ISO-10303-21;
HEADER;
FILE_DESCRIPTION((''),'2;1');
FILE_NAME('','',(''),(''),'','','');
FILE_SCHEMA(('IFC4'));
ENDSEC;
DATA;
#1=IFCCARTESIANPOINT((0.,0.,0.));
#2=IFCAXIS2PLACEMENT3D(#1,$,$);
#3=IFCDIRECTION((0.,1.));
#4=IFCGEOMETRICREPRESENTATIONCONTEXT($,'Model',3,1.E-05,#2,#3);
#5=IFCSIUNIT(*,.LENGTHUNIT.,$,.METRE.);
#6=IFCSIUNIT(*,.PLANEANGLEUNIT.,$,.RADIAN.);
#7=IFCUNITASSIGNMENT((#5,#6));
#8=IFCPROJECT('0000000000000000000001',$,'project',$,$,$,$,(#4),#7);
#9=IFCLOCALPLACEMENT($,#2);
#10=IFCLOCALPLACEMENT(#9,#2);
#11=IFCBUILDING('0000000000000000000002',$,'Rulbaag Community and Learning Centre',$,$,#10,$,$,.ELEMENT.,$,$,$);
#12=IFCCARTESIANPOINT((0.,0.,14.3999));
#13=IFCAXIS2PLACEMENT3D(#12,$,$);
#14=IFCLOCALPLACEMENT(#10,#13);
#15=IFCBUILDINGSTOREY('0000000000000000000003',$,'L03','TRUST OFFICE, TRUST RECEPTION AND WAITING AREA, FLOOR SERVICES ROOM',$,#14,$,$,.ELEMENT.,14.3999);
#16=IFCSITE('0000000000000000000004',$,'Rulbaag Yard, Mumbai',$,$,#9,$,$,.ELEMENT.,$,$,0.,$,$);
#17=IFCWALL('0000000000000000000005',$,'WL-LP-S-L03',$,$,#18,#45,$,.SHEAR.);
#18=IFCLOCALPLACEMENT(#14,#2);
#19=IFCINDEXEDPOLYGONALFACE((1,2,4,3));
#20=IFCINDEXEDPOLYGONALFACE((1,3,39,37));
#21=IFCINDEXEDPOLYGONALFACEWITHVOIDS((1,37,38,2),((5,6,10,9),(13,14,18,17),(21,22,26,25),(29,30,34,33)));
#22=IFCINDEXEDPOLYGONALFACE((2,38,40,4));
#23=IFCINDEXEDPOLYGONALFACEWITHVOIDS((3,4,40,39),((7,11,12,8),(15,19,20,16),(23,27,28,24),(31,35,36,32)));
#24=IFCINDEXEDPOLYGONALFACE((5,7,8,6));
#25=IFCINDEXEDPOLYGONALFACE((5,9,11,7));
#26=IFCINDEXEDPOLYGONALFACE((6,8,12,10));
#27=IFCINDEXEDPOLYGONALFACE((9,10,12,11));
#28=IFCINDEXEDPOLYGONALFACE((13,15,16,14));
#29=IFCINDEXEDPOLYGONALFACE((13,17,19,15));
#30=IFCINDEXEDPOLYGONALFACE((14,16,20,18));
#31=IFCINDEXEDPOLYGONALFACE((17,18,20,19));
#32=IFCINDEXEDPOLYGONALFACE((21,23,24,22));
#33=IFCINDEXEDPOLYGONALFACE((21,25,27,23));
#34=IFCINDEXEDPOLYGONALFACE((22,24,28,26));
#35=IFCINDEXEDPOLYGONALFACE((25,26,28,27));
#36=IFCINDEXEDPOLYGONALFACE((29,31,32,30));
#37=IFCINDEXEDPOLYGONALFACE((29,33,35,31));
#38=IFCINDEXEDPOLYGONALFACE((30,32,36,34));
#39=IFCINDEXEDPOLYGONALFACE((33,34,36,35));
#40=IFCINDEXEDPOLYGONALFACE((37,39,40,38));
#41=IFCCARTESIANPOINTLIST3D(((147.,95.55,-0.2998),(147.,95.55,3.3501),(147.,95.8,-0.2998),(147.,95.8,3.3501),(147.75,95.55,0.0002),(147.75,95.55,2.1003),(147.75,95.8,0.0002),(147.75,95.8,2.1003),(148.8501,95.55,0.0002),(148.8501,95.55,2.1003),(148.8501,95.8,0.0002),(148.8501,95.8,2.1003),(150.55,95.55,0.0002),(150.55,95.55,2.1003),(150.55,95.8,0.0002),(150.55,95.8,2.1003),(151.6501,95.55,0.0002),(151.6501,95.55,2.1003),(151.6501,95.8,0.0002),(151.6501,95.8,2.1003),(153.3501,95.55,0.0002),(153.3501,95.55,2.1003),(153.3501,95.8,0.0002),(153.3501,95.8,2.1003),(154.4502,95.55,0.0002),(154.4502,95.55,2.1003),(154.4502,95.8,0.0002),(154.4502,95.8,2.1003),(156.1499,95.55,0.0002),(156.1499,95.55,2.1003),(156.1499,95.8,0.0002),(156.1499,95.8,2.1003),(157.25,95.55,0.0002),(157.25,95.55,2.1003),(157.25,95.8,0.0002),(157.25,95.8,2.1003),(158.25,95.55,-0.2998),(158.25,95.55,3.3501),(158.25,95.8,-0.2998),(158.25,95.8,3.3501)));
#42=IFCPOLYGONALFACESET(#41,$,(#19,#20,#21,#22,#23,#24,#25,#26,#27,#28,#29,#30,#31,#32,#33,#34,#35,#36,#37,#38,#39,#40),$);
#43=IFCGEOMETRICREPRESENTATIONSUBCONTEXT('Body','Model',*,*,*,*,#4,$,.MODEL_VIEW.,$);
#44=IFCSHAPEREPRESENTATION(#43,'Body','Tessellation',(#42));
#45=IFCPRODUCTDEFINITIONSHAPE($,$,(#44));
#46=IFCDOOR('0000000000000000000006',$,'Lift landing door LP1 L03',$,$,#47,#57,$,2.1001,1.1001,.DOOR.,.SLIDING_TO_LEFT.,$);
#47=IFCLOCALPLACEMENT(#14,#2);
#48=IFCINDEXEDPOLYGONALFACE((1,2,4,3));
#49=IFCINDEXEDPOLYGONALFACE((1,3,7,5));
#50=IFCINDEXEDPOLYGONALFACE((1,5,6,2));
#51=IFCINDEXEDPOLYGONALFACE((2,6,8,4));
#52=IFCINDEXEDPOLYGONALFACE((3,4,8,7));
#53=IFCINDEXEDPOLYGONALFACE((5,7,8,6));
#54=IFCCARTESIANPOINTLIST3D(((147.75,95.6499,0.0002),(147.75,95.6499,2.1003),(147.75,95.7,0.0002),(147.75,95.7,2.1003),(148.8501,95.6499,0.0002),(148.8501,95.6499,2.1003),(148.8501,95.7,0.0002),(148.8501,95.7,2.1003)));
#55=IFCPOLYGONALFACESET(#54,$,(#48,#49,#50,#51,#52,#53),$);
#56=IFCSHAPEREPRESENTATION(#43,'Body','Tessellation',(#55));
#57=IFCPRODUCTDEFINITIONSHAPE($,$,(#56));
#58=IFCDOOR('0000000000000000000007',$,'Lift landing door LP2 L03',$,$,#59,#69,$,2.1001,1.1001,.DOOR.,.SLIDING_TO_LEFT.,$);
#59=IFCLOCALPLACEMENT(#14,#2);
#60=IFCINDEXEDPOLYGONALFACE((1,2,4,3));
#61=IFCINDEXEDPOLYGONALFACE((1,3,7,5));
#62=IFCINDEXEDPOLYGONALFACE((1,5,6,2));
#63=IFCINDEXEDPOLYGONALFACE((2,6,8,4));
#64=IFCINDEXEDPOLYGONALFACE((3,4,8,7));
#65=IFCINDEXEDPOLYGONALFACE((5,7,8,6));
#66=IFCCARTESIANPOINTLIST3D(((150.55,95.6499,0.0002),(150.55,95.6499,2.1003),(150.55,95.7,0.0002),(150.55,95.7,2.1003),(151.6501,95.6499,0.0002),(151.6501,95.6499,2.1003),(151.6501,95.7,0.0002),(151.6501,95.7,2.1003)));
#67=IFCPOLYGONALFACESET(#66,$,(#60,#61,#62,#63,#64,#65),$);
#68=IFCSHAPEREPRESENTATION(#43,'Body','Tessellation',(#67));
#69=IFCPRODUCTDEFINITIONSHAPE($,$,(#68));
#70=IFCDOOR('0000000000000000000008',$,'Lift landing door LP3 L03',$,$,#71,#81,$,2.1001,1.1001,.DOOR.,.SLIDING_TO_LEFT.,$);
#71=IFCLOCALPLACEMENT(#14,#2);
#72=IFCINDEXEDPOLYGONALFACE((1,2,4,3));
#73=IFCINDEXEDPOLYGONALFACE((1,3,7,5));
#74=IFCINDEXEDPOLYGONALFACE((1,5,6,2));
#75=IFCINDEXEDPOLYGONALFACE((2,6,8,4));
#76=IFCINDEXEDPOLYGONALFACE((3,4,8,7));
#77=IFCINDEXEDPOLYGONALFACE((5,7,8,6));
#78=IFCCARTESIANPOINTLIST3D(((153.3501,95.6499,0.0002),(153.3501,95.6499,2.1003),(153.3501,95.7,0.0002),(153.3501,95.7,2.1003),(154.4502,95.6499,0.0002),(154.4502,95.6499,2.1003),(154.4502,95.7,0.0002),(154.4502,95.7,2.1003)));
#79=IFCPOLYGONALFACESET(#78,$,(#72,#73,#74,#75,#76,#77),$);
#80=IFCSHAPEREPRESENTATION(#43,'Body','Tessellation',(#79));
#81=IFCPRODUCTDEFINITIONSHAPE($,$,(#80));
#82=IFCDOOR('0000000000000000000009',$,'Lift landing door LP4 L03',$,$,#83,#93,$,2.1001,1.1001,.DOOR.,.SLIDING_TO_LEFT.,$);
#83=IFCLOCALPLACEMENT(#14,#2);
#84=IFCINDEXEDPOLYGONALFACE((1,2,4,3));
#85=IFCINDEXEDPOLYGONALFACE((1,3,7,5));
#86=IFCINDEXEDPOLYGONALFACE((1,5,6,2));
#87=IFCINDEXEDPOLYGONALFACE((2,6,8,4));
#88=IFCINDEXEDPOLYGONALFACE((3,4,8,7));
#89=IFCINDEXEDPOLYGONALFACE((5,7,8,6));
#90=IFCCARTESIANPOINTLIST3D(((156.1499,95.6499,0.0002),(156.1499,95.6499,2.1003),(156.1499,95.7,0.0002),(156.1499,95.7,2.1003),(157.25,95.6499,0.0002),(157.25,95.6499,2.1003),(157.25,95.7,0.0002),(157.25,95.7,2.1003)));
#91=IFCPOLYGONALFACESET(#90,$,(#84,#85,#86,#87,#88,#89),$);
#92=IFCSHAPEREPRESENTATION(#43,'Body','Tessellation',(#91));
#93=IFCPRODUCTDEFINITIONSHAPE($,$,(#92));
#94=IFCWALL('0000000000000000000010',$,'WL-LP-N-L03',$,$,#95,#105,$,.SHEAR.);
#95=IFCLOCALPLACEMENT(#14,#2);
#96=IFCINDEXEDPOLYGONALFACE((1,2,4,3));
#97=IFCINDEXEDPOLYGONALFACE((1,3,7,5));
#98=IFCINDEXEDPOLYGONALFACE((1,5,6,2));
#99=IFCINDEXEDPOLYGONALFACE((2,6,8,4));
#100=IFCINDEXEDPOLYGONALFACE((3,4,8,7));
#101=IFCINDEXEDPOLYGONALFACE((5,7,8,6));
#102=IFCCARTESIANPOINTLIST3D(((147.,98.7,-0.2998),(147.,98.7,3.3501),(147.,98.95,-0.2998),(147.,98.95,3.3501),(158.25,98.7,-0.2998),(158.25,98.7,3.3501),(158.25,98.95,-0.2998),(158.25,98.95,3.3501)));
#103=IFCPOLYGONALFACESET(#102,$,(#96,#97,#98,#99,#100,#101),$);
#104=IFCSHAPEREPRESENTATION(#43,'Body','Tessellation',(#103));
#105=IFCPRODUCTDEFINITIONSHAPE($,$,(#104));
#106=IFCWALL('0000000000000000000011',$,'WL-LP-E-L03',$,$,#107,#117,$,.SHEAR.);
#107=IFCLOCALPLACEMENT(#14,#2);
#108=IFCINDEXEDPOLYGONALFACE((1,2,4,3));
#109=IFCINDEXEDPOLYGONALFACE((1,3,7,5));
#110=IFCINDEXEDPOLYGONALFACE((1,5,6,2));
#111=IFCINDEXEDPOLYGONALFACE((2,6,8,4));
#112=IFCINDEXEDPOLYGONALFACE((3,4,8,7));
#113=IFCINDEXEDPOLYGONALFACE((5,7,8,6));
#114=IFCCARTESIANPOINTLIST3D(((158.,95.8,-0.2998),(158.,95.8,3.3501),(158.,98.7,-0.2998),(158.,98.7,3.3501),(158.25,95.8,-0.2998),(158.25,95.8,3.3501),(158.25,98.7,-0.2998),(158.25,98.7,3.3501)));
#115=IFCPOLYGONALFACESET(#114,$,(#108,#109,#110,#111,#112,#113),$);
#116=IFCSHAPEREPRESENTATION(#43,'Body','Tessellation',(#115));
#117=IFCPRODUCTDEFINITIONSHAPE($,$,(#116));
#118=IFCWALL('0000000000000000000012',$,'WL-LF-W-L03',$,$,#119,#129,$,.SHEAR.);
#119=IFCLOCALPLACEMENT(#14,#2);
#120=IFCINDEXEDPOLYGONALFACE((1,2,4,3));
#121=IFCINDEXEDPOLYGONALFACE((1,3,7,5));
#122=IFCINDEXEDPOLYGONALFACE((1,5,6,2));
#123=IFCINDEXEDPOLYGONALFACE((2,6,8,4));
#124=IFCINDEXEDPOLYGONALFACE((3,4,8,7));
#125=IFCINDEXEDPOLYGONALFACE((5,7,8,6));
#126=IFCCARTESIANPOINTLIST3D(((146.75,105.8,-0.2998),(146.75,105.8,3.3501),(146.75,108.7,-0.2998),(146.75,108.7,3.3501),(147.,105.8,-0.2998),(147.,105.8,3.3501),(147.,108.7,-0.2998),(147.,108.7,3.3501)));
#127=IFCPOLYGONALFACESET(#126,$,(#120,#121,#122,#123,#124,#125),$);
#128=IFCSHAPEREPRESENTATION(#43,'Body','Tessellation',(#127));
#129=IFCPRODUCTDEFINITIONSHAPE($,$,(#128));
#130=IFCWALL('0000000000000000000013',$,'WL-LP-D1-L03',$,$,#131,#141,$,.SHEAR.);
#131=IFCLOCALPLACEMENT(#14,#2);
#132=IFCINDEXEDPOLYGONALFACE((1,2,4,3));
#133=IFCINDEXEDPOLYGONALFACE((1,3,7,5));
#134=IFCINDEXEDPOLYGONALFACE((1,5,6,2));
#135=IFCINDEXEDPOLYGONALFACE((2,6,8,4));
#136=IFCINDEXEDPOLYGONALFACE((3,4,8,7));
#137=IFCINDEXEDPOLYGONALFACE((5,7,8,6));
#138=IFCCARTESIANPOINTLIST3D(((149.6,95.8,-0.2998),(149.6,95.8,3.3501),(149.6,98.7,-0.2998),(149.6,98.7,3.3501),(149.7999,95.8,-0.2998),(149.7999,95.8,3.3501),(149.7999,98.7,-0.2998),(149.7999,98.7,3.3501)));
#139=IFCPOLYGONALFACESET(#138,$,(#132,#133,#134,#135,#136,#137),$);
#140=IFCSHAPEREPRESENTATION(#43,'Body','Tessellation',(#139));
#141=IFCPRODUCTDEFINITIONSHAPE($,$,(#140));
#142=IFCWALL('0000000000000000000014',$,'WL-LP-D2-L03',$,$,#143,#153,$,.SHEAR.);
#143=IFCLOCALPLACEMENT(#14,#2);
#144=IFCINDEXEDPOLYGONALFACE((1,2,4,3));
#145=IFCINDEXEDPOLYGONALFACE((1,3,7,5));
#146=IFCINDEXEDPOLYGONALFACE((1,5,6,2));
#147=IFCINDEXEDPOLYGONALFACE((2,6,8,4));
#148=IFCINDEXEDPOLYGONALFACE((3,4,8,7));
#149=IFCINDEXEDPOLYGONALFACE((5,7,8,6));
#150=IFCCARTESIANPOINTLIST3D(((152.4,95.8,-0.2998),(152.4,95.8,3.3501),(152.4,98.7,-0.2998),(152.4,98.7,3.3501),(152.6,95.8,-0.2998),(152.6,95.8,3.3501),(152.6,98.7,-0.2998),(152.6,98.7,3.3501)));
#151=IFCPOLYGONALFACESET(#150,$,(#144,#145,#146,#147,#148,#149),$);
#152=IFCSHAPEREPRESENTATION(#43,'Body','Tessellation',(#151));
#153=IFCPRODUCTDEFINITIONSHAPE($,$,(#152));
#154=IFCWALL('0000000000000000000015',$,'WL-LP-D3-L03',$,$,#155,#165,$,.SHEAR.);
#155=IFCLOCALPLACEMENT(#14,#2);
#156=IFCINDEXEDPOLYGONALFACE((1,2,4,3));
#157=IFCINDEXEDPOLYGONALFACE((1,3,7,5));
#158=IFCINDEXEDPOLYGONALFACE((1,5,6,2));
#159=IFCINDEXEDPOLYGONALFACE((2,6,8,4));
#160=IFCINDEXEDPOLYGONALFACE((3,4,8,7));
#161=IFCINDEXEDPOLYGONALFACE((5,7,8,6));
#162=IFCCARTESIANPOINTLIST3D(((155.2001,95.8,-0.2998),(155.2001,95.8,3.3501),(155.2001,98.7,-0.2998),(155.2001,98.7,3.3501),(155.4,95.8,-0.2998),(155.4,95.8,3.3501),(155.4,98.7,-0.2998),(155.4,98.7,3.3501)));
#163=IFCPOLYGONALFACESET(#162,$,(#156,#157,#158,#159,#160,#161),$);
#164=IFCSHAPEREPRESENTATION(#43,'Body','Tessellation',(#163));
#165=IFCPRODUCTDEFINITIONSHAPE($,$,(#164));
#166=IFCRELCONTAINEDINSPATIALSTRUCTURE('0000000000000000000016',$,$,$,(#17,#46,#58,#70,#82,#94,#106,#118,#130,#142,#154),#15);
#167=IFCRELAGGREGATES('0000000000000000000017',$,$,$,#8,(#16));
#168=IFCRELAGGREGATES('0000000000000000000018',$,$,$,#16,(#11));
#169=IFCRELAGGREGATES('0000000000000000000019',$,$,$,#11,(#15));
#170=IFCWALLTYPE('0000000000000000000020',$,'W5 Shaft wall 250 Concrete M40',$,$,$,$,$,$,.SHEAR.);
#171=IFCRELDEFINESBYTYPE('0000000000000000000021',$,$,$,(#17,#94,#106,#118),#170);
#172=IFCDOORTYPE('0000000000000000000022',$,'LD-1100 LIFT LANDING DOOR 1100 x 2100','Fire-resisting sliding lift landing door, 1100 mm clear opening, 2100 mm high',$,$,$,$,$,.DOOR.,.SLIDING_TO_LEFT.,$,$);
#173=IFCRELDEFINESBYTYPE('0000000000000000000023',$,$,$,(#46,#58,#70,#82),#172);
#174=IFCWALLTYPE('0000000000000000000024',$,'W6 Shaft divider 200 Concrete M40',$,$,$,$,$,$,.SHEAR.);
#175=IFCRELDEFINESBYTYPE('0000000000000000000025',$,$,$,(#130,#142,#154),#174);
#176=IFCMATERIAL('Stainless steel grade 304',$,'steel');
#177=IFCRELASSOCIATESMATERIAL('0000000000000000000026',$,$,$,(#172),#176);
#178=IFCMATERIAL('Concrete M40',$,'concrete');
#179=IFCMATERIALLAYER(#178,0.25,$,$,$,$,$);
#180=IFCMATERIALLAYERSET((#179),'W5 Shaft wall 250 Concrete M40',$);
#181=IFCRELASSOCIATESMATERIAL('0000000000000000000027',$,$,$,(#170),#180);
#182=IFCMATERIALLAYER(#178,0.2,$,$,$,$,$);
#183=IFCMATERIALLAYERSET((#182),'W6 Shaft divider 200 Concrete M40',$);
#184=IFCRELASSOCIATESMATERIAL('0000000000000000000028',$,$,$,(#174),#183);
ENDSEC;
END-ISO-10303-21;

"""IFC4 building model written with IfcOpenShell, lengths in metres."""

from ifc_helpers import new_model, si_unit, direction, frame, frame_2d, origin, place, context, subcontext, project, spatial, rectangle, extrude, material, layer, layer_set, type_object, element, fill, save


model = new_model("IFC4")

# Units and contexts
model_context = context("Model", 3, precision=1e-05, world=origin(), true_north=direction((0.0, 1.0)))
body_context = subcontext(model_context, "Body", "Model", "MODEL_VIEW")
ifc_project = project(units=[si_unit("LENGTHUNIT", "METRE"), si_unit("PLANEANGLEUNIT", "RADIAN")], contexts=[model_context])

# Site, building, storey
site_placement = place(None, origin())
site = spatial("IfcSite", under=ifc_project, at=site_placement, Name="Rulbaag Yard, Mumbai", CompositionType="ELEMENT", RefElevation=0.0)
building_placement = place(site_placement, origin())
building = spatial("IfcBuilding", under=site, at=building_placement, Name="Rulbaag Community and Learning Centre", CompositionType="ELEMENT")
storey_placement = place(building_placement, frame((0.0, 0.0, 14.3999)))
storey = spatial("IfcBuildingStorey", under=building, at=storey_placement, Name="L03", Description="TRUST OFFICE, TRUST RECEPTION AND WAITING AREA, FLOOR SERVICES ROOM", CompositionType="ELEMENT", Elevation=14.3999)

# Shared definitions
ifc_material_1 = material(Name="Stainless steel grade 304", Category="steel")
door_type_1 = type_object("IfcDoorType", Name="LD-1100 LIFT LANDING DOOR 1100 x 2100", Description="Fire-resisting sliding lift landing door, 1100 mm clear opening, 2100 mm high", OperationType="SLIDING_TO_LEFT", PredefinedType="DOOR", material=ifc_material_1)

# Shared definitions
ifc_material_2 = material(Name="Concrete M40", Category="concrete")
ifc_layer_1 = layer(ifc_material_2, 0.25)
ifc_layer_set_1 = layer_set([ifc_layer_1], Name="W5 Shaft wall 250 Concrete M40")
wall_type_1 = type_object("IfcWallType", Name="W5 Shaft wall 250 Concrete M40", PredefinedType="SHEAR", material=ifc_layer_set_1)

# Wall, openings, doors
wall_1_placement = place(storey_placement, frame((147.0, 95.675, -0.2998), z_axis=(0.0, 0.0, 1.0), x_axis=(1.0, 0.0, 0.0)))
wall_1 = element("IfcWall", 1, at=wall_1_placement, inside=storey, type_object=wall_type_1, Name="WL-LP-S-L03", PredefinedType="SHEAR", context=body_context, shape_type="SweptSolid", body=[
    extrude(rectangle(XDim=11.25, YDim=0.25, at=frame_2d((5.625, 0.0))), origin(), (0.0, 0.0, 1.0), 3.6499),
])
opening_1_placement = place(wall_1_placement, frame((0.75, 0.0, 0.3)))
opening_1 = element("IfcOpeningElement", 2, at=opening_1_placement, cuts=wall_1, PredefinedType="OPENING", context=body_context, shape_type="SweptSolid", body=[
    extrude(rectangle(XDim=1.1001, YDim=2.1001, at=frame_2d((0.55, 1.05))), frame((0.0, 0.135, 0.0), z_axis=(0.0, -1.0, 0.0), x_axis=(1.0, 0.0, 0.0)), (0.0, 0.0, 1.0), 0.27),
])
opening_2_placement = place(wall_1_placement, frame((3.55, 0.0, 0.3)))
opening_2 = element("IfcOpeningElement", 3, at=opening_2_placement, cuts=wall_1, PredefinedType="OPENING", context=body_context, shape_type="SweptSolid", body=[
    extrude(rectangle(XDim=1.1001, YDim=2.1001, at=frame_2d((0.55, 1.05))), frame((0.0, 0.135, 0.0), z_axis=(0.0, -1.0, 0.0), x_axis=(1.0, 0.0, 0.0)), (0.0, 0.0, 1.0), 0.27),
])
opening_3_placement = place(wall_1_placement, frame((6.3501, 0.0, 0.3)))
opening_3 = element("IfcOpeningElement", 4, at=opening_3_placement, cuts=wall_1, PredefinedType="OPENING", context=body_context, shape_type="SweptSolid", body=[
    extrude(rectangle(XDim=1.1001, YDim=2.1001, at=frame_2d((0.55, 1.05))), frame((0.0, 0.135, 0.0), z_axis=(0.0, -1.0, 0.0), x_axis=(1.0, 0.0, 0.0)), (0.0, 0.0, 1.0), 0.27),
])
opening_4_placement = place(wall_1_placement, frame((9.1499, 0.0, 0.3)))
opening_4 = element("IfcOpeningElement", 5, at=opening_4_placement, cuts=wall_1, PredefinedType="OPENING", context=body_context, shape_type="SweptSolid", body=[
    extrude(rectangle(XDim=1.1001, YDim=2.1001, at=frame_2d((0.55, 1.05))), frame((0.0, 0.135, 0.0), z_axis=(0.0, -1.0, 0.0), x_axis=(1.0, 0.0, 0.0)), (0.0, 0.0, 1.0), 0.27),
])
door_1_placement = place(opening_1_placement, origin())
door_1 = element("IfcDoor", 6, at=door_1_placement, inside=storey, type_object=door_type_1, Name="Lift landing door LP1 L03", OperationType="SLIDING_TO_LEFT", OverallHeight=2.1001, OverallWidth=1.1001, PredefinedType="DOOR", context=body_context, shape_type="SweptSolid", body=[
    extrude(rectangle(XDim=1.1001, YDim=2.1001, at=frame_2d((0.55, 1.05))), frame((0.0, 0.0249, 0.0), z_axis=(0.0, -1.0, 0.0), x_axis=(1.0, 0.0, 0.0)), (0.0, 0.0, 1.0), 0.05),
])
fill(opening_1, door_1)
door_2_placement = place(opening_2_placement, origin())
door_2 = element("IfcDoor", 7, at=door_2_placement, inside=storey, type_object=door_type_1, Name="Lift landing door LP2 L03", OperationType="SLIDING_TO_LEFT", OverallHeight=2.1001, OverallWidth=1.1001, PredefinedType="DOOR", context=body_context, shape_type="SweptSolid", body=[
    extrude(rectangle(XDim=1.1001, YDim=2.1001, at=frame_2d((0.55, 1.05))), frame((0.0, 0.0249, 0.0), z_axis=(0.0, -1.0, 0.0), x_axis=(1.0, 0.0, 0.0)), (0.0, 0.0, 1.0), 0.05),
])
fill(opening_2, door_2)
door_3_placement = place(opening_3_placement, origin())
door_3 = element("IfcDoor", 8, at=door_3_placement, inside=storey, type_object=door_type_1, Name="Lift landing door LP3 L03", OperationType="SLIDING_TO_LEFT", OverallHeight=2.1001, OverallWidth=1.1001, PredefinedType="DOOR", context=body_context, shape_type="SweptSolid", body=[
    extrude(rectangle(XDim=1.1001, YDim=2.1001, at=frame_2d((0.55, 1.05))), frame((0.0, 0.0249, 0.0), z_axis=(0.0, -1.0, 0.0), x_axis=(1.0, 0.0, 0.0)), (0.0, 0.0, 1.0), 0.05),
])
fill(opening_3, door_3)
door_4_placement = place(opening_4_placement, origin())
door_4 = element("IfcDoor", 9, at=door_4_placement, inside=storey, type_object=door_type_1, Name="Lift landing door LP4 L03", OperationType="SLIDING_TO_LEFT", OverallHeight=2.1001, OverallWidth=1.1001, PredefinedType="DOOR", context=body_context, shape_type="SweptSolid", body=[
    extrude(rectangle(XDim=1.1001, YDim=2.1001, at=frame_2d((0.55, 1.05))), frame((0.0, 0.0249, 0.0), z_axis=(0.0, -1.0, 0.0), x_axis=(1.0, 0.0, 0.0)), (0.0, 0.0, 1.0), 0.05),
])
fill(opening_4, door_4)

# Walls
wall_2_placement = place(storey_placement, frame((147.0, 98.825, -0.2998), z_axis=(0.0, 0.0, 1.0), x_axis=(1.0, 0.0, 0.0)))
element("IfcWall", 10, at=wall_2_placement, inside=storey, type_object=wall_type_1, Name="WL-LP-N-L03", PredefinedType="SHEAR", context=body_context, shape_type="SweptSolid", body=[
    extrude(rectangle(XDim=11.25, YDim=0.25, at=frame_2d((5.625, 0.0))), origin(), (0.0, 0.0, 1.0), 3.6499),
])
for number, where, z_axis, x_axis, name in (
    (11, (158.125, 95.8, -0.2998), (0.0, 0.0, 1.0), (0.0, 1.0, 0.0), "WL-LP-E-L03"),
    (12, (146.875, 105.8, -0.2998), (0.0, 0.0, 1.0), (0.0, 1.0, 0.0), "WL-LF-W-L03"),
):
    element("IfcWall", number, at=place(storey_placement, frame(where, z_axis=z_axis, x_axis=x_axis)), inside=storey, type_object=wall_type_1, Name=name, PredefinedType="SHEAR", context=body_context, shape_type="SweptSolid", body=[
        extrude(rectangle(XDim=2.8999, YDim=0.25, at=frame_2d((1.45, 0.0))), origin(), (0.0, 0.0, 1.0), 3.6499),
    ])
ifc_layer_2 = layer(ifc_material_2, 0.2)
ifc_layer_set_2 = layer_set([ifc_layer_2], Name="W6 Shaft divider 200 Concrete M40")
wall_type_2 = type_object("IfcWallType", Name="W6 Shaft divider 200 Concrete M40", PredefinedType="SHEAR", material=ifc_layer_set_2)
for number, where, z_axis, x_axis, name in (
    (13, (149.7, 95.8, -0.2998), (0.0, 0.0, 1.0), (0.0, 1.0, 0.0), "WL-LP-D1-L03"),
    (14, (152.5, 95.8, -0.2998), (0.0, 0.0, 1.0), (0.0, 1.0, 0.0), "WL-LP-D2-L03"),
    (15, (155.3, 95.8, -0.2998), (0.0, 0.0, 1.0), (0.0, 1.0, 0.0), "WL-LP-D3-L03"),
):
    element("IfcWall", number, at=place(storey_placement, frame(where, z_axis=z_axis, x_axis=x_axis)), inside=storey, type_object=wall_type_2, Name=name, PredefinedType="SHEAR", context=body_context, shape_type="SweptSolid", body=[
        extrude(rectangle(XDim=2.8999, YDim=0.2, at=frame_2d((1.45, 0.0))), origin(), (0.0, 0.0, 1.0), 3.6499),
    ])

save(model, "model.ifc")
